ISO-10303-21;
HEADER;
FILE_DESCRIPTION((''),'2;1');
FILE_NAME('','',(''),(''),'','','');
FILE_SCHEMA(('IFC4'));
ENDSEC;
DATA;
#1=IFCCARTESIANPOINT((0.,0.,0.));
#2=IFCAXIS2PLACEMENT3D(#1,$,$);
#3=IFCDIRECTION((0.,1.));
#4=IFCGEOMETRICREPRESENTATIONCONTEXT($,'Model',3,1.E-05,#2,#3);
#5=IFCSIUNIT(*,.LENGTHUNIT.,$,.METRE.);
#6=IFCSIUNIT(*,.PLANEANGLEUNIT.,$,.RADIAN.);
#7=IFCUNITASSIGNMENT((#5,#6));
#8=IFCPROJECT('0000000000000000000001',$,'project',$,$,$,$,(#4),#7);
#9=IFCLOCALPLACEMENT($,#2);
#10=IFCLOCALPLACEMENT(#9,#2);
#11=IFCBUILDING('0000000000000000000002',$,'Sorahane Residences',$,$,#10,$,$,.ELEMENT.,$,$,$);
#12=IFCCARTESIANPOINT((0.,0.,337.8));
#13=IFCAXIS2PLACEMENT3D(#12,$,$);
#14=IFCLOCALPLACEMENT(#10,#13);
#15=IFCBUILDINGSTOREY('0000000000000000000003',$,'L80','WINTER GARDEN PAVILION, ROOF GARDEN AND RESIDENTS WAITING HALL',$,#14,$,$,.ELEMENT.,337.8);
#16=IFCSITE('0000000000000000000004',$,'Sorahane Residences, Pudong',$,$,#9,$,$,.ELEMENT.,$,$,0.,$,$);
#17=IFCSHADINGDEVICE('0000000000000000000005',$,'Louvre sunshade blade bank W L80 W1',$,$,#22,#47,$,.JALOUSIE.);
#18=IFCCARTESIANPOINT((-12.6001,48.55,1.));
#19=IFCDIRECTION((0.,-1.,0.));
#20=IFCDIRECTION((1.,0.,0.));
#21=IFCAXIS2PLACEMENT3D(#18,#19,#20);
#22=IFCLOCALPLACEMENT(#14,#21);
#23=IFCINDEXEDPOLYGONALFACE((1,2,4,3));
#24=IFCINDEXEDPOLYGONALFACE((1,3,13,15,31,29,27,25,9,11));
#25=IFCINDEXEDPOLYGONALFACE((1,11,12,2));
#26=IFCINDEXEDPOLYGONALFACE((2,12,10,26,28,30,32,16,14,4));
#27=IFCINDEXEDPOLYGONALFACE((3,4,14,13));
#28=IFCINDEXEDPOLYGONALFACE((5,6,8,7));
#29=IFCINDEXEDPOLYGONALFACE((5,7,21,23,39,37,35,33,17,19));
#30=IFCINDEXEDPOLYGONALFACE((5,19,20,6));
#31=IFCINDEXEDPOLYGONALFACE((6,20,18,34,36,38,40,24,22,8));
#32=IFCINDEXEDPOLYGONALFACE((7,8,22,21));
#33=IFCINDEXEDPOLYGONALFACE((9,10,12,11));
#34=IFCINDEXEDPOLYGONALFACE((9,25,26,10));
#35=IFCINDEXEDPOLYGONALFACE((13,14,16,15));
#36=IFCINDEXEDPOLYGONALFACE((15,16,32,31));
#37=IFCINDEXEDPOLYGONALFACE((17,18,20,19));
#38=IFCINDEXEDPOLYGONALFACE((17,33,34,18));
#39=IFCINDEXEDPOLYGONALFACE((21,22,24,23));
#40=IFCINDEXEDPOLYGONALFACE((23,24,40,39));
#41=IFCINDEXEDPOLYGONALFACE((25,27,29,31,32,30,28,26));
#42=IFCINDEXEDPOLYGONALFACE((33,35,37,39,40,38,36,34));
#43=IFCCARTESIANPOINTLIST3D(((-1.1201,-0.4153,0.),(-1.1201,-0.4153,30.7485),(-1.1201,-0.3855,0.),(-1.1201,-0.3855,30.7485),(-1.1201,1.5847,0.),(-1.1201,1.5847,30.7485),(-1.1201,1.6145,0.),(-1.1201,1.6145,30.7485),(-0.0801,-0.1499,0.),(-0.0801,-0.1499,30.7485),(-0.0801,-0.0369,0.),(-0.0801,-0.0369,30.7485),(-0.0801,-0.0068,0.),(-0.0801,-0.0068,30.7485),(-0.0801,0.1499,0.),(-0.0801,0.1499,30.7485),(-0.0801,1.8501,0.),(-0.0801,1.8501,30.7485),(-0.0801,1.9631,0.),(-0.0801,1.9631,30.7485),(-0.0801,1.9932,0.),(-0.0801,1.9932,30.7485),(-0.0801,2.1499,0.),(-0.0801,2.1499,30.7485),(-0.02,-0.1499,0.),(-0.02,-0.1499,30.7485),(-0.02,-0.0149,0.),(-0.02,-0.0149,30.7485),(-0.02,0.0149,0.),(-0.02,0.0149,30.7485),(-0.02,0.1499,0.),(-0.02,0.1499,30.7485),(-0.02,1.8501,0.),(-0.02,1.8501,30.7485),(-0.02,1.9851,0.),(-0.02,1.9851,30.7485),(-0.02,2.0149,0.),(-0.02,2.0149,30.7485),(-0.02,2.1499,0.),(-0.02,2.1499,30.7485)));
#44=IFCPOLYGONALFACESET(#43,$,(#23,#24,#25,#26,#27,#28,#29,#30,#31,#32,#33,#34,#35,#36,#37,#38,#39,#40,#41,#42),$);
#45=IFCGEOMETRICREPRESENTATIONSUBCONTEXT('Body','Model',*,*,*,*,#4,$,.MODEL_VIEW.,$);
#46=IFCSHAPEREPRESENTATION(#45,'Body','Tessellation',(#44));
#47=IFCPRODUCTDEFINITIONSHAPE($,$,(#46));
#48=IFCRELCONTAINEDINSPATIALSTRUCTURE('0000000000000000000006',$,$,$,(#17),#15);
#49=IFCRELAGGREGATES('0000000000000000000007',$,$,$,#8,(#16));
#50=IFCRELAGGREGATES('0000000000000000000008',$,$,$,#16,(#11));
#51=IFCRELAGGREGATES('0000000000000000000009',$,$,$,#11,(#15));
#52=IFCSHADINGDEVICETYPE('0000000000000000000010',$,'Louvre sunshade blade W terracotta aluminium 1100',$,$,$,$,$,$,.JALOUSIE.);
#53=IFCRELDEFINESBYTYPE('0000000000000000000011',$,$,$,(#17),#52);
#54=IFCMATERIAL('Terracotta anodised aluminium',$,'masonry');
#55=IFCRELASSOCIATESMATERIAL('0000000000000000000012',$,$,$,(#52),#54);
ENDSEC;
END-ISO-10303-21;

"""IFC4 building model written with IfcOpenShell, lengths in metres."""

from ifc_helpers import new_model, si_unit, direction, frame, origin, place, context, subcontext, project, spatial, polyline, outline, composite_profile, extrude, material, type_object, element, save


model = new_model("IFC4")

# Units and contexts
model_context = context("Model", 3, precision=1e-05, world=origin(), true_north=direction((0.0, 1.0)))
body_context = subcontext(model_context, "Body", "Model", "MODEL_VIEW")
ifc_project = project(units=[si_unit("LENGTHUNIT", "METRE"), si_unit("PLANEANGLEUNIT", "RADIAN")], contexts=[model_context])

# Site, building, storey
site_placement = place(None, origin())
site = spatial("IfcSite", under=ifc_project, at=site_placement, Name="Sorahane Residences, Pudong", CompositionType="ELEMENT", RefElevation=0.0)
building_placement = place(site_placement, origin())
building = spatial("IfcBuilding", under=site, at=building_placement, Name="Sorahane Residences", CompositionType="ELEMENT")
storey_placement = place(building_placement, frame((0.0, 0.0, 337.8)))
storey = spatial("IfcBuildingStorey", under=building, at=storey_placement, Name="L80", Description="WINTER GARDEN PAVILION, ROOF GARDEN AND RESIDENTS WAITING HALL", CompositionType="ELEMENT", Elevation=337.8)

# Shading device
ifc_material_1 = material(Name="Terracotta anodised aluminium", Category="masonry")
shading_device_type = type_object("IfcShadingDeviceType", Name="Louvre sunshade blade W terracotta aluminium 1100", PredefinedType="JALOUSIE", material=ifc_material_1)
shading_device_placement = place(storey_placement, frame((-12.6001, 48.55, 1.0), z_axis=(0.0, -1.0, 0.0), x_axis=(1.0, 0.0, 0.0)))
element("IfcShadingDevice", 1, at=shading_device_placement, inside=storey, type_object=shading_device_type, Name="Louvre sunshade blade bank W L80 W1", PredefinedType="JALOUSIE", context=body_context, shape_type="SweptSolid", body=[
    extrude(composite_profile([outline(polyline([(-1.1201, -0.3855), (-1.1201, -0.4153), (-0.0801, -0.0369), (-0.0801, -0.1499), (-0.02, -0.1499), (-0.02, -0.0149), (-0.02, 0.0149), (-0.02, 0.1499), (-0.0801, 0.1499), (-0.0801, -0.0068), (-1.1201, -0.3855)])), outline(polyline([(-1.1201, 1.6145), (-1.1201, 1.5847), (-0.0801, 1.9631), (-0.0801, 1.8501), (-0.02, 1.8501), (-0.02, 1.9851), (-0.02, 2.0149), (-0.02, 2.1499), (-0.0801, 2.1499), (-0.0801, 1.9932), (-1.1201, 1.6145)]))]), origin(), (0.0, 0.0, 1.0), 30.7485),
])

save(model, "model.ifc")
